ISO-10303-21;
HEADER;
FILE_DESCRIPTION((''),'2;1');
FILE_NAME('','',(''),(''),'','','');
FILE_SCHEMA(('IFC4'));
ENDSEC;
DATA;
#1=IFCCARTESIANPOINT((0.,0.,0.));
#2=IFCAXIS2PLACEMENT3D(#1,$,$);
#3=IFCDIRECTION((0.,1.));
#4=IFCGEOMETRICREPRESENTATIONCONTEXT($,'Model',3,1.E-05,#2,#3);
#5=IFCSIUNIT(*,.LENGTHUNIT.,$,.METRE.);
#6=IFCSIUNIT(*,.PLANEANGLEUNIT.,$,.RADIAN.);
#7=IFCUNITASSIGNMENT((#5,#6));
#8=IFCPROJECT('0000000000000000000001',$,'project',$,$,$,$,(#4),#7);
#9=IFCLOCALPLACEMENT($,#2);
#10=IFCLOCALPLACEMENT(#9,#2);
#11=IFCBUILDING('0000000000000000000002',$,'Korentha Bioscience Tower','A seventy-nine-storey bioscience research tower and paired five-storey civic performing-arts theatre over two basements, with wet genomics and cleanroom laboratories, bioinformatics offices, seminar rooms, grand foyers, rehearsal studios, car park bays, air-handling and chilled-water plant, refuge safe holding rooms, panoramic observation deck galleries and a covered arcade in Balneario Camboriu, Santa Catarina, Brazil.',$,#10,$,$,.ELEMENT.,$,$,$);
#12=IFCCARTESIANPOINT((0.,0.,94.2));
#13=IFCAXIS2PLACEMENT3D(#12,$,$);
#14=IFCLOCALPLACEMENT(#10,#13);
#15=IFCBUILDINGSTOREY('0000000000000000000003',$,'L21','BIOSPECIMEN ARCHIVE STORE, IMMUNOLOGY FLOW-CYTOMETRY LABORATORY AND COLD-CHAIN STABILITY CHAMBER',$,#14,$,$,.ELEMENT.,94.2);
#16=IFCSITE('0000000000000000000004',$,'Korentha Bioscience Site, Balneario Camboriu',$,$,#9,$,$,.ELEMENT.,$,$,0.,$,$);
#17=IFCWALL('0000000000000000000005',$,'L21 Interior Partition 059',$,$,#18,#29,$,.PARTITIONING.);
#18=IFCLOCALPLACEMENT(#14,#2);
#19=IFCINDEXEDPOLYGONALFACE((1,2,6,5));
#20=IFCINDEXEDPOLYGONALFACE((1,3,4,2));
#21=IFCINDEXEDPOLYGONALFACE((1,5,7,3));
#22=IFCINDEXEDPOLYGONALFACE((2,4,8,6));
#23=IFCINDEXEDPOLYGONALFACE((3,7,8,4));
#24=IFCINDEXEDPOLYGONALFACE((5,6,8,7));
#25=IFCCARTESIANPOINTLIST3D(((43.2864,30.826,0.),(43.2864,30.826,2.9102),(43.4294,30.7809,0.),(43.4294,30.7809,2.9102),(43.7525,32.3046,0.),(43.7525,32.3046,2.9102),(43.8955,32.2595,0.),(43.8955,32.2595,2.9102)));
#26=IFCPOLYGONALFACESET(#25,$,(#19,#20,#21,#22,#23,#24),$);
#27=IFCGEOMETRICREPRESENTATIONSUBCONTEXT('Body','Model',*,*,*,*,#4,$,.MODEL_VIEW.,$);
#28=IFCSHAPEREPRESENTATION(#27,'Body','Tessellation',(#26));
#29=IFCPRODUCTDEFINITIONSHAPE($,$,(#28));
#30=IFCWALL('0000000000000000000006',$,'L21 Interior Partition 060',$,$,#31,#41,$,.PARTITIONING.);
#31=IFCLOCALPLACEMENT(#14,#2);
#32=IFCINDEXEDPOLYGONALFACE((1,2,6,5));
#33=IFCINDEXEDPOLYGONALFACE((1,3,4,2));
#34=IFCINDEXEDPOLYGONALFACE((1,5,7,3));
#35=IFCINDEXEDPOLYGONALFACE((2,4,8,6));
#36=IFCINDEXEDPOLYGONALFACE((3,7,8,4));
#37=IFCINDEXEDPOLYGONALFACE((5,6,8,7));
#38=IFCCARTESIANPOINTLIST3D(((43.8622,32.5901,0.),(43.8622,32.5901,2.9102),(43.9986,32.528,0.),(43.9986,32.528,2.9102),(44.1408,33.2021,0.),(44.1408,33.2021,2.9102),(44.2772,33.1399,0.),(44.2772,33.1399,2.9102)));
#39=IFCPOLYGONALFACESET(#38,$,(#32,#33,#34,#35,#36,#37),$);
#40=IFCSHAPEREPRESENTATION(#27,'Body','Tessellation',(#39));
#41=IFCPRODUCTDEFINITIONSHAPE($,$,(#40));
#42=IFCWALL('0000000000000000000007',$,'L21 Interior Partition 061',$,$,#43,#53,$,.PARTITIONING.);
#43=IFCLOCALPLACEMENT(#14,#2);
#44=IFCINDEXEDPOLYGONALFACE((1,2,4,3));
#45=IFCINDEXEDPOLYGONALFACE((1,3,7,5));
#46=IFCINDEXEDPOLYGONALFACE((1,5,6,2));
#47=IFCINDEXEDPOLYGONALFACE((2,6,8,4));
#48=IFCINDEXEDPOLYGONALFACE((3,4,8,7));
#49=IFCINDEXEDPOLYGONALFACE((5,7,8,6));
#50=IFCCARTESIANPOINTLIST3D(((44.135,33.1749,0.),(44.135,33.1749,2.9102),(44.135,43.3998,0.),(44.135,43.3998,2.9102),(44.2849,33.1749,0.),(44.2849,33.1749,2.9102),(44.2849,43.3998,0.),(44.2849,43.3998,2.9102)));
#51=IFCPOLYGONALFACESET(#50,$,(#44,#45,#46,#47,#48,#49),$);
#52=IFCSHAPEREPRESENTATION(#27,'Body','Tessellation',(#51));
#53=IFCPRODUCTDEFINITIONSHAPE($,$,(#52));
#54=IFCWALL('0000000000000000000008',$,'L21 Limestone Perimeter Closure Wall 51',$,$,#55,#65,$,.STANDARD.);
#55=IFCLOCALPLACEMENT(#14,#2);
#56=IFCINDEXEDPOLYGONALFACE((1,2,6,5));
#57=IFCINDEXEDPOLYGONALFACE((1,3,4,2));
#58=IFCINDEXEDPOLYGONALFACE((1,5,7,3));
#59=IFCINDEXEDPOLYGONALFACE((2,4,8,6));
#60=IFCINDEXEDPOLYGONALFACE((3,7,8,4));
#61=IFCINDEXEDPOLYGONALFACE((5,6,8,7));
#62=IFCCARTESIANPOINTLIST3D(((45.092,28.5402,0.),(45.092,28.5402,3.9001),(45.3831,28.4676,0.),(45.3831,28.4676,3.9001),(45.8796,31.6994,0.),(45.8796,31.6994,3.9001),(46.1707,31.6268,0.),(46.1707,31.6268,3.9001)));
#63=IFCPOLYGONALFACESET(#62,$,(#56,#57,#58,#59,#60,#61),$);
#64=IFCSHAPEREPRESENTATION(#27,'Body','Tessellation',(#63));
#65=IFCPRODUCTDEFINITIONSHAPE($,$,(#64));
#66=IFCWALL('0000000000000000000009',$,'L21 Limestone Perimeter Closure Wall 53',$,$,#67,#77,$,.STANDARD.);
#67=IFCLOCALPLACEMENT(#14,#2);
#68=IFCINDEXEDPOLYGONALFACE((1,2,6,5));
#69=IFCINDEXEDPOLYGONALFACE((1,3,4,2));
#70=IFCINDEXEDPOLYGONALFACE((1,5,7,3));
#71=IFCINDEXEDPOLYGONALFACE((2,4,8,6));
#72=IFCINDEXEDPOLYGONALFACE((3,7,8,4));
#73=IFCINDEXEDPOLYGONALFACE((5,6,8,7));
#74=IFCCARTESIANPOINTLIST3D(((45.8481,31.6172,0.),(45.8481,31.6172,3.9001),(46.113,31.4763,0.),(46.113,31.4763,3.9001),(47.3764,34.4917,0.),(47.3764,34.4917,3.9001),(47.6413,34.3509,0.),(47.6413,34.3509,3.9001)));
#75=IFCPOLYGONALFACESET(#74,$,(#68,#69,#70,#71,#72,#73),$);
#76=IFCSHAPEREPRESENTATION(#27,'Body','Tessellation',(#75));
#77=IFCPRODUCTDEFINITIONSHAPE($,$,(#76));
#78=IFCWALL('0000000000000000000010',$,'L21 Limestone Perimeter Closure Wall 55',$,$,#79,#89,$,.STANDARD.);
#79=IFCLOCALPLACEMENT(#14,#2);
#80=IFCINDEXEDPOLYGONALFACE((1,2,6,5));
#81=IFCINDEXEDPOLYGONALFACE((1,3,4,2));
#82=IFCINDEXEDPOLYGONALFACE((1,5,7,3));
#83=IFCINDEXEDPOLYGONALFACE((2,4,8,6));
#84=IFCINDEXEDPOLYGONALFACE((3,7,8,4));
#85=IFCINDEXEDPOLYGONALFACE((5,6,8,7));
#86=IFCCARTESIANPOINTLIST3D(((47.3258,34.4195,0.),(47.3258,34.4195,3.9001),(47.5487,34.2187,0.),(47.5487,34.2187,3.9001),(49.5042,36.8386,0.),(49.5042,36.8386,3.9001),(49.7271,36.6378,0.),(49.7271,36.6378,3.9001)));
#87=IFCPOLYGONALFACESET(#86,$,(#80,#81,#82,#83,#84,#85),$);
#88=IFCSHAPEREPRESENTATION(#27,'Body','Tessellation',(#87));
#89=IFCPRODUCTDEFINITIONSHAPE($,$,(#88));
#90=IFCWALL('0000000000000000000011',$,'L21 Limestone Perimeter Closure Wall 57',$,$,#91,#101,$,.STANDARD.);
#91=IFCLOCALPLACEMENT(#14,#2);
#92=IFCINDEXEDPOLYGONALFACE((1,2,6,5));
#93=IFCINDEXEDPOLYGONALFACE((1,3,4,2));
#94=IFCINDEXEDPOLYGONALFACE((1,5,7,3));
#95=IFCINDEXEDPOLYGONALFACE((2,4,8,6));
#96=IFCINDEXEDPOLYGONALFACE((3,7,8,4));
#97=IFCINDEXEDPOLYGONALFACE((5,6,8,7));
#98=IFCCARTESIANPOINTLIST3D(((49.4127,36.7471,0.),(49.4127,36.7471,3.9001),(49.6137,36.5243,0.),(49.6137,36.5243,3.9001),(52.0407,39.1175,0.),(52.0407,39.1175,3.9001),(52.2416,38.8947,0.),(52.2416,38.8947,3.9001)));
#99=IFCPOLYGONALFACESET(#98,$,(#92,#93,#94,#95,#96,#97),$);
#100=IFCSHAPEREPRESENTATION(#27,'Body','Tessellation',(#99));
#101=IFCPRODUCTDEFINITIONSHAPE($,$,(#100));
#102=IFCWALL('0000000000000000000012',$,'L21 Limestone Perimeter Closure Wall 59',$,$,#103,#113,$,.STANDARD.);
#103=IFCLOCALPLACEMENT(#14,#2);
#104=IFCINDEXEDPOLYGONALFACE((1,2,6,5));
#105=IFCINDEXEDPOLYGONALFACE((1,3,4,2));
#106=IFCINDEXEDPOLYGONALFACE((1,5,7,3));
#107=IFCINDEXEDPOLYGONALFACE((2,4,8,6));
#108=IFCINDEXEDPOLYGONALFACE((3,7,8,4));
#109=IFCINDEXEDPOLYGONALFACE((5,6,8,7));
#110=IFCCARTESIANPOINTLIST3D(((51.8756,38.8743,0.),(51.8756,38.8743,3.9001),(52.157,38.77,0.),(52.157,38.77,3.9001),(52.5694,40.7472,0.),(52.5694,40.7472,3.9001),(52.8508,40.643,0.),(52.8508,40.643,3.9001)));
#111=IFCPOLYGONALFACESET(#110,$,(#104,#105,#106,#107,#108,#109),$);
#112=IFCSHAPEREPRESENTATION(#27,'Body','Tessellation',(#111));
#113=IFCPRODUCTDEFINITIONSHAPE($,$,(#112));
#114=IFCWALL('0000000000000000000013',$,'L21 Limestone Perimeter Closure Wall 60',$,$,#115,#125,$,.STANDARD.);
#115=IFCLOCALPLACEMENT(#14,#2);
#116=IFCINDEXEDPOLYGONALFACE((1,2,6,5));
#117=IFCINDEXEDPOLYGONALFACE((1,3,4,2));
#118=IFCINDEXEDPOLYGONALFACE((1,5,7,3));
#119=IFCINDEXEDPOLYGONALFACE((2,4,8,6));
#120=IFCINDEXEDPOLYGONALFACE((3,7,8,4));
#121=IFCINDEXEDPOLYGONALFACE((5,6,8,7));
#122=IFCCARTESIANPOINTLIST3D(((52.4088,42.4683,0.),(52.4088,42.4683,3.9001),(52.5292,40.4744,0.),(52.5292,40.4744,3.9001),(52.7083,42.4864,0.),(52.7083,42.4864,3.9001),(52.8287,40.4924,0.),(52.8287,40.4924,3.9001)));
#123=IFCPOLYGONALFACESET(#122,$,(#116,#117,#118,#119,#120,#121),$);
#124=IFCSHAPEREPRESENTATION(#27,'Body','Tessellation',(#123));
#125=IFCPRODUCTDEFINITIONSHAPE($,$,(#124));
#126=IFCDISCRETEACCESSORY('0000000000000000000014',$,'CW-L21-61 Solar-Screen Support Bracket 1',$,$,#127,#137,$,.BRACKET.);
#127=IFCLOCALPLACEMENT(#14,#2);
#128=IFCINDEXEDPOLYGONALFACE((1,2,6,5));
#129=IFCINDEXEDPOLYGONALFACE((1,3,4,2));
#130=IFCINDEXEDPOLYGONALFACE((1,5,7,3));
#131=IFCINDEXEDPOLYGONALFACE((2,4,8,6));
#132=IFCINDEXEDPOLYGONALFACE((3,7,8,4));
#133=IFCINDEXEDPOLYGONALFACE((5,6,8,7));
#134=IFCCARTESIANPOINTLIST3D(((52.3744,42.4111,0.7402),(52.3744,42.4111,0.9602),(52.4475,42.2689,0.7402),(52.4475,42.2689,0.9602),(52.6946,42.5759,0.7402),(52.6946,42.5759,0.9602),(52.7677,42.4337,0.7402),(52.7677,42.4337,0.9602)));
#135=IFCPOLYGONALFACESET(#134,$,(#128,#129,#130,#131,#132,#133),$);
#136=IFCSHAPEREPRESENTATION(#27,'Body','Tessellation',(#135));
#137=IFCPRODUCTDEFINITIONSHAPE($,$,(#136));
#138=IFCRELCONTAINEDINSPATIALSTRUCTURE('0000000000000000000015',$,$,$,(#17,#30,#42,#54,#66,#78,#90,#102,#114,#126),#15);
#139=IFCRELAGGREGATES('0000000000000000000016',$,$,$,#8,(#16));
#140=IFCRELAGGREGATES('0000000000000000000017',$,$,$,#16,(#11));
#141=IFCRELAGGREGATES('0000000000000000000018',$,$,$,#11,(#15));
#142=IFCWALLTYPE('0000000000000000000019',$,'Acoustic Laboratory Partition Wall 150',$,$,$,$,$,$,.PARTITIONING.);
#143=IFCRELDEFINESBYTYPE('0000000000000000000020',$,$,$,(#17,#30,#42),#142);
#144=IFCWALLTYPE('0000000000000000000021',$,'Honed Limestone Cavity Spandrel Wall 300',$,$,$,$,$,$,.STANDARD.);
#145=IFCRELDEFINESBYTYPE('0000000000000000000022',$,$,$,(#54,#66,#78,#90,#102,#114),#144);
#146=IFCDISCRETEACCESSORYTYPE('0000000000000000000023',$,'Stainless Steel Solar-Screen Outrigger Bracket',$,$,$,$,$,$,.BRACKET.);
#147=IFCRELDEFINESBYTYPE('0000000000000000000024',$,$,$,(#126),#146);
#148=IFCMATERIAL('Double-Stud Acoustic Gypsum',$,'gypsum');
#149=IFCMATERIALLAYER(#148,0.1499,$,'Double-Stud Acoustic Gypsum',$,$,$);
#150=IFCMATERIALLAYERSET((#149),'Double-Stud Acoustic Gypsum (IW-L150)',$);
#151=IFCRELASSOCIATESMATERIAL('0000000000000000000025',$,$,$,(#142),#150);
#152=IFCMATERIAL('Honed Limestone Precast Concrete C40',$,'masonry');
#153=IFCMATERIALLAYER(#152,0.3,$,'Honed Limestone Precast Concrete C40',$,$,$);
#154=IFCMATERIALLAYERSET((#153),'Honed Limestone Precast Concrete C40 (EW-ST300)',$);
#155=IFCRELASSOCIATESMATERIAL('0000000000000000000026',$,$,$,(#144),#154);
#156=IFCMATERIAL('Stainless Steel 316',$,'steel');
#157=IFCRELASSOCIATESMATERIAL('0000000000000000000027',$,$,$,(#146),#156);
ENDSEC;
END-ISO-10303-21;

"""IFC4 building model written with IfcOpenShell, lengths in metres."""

from ifc_helpers import new_model, si_unit, direction, frame, frame_2d, origin, origin_2d, place, context, subcontext, project, spatial, rectangle, extrude, material, layer, layer_set, type_object, element, save


model = new_model("IFC4")

# Units and contexts
model_context = context("Model", 3, precision=1e-05, world=origin(), true_north=direction((0.0, 1.0)))
body_context = subcontext(model_context, "Body", "Model", "MODEL_VIEW")
ifc_project = project(units=[si_unit("LENGTHUNIT", "METRE"), si_unit("PLANEANGLEUNIT", "RADIAN")], contexts=[model_context])

# Site, building, storey
site_placement = place(None, origin())
site = spatial("IfcSite", under=ifc_project, at=site_placement, Name="Korentha Bioscience Site, Balneario Camboriu", CompositionType="ELEMENT", RefElevation=0.0)
building_placement = place(site_placement, origin())
building = spatial("IfcBuilding", under=site, at=building_placement, Name="Korentha Bioscience Tower", Description="A seventy-nine-storey bioscience research tower and paired five-storey civic performing-arts theatre over two basements, with wet genomics and cleanroom laboratories, bioinformatics offices, seminar rooms, grand foyers, rehearsal studios, car park bays, air-handling and chilled-water plant, refuge safe holding rooms, panoramic observation deck galleries and a covered arcade in Balneario Camboriu, Santa Catarina, Brazil.", CompositionType="ELEMENT")
storey_placement = place(building_placement, frame((0.0, 0.0, 94.2)))
storey = spatial("IfcBuildingStorey", under=building, at=storey_placement, Name="L21", Description="BIOSPECIMEN ARCHIVE STORE, IMMUNOLOGY FLOW-CYTOMETRY LABORATORY AND COLD-CHAIN STABILITY CHAMBER", CompositionType="ELEMENT", Elevation=94.2)

# Walls
ifc_material_1 = material(Name="Double-Stud Acoustic Gypsum", Category="gypsum")
ifc_layer_1 = layer(ifc_material_1, 0.1499, Name="Double-Stud Acoustic Gypsum")
ifc_layer_set_1 = layer_set([ifc_layer_1], Name="Double-Stud Acoustic Gypsum (IW-L150)")
wall_type_1 = type_object("IfcWallType", Name="Acoustic Laboratory Partition Wall 150", PredefinedType="PARTITIONING", material=ifc_layer_set_1)
wall_1_placement = place(storey_placement, frame((43.3579, 30.8035, 0.0), z_axis=(0.0, 0.0, 1.0), x_axis=(0.300641, 0.953737, 0.0)))
element("IfcWall", 1, at=wall_1_placement, inside=storey, type_object=wall_type_1, Name="L21 Interior Partition 059", PredefinedType="PARTITIONING", context=body_context, shape_type="SweptSolid", body=[
    extrude(rectangle(XDim=1.5503, YDim=0.1499, at=frame_2d((0.7751, 0.0))), origin(), (0.0, 0.0, 1.0), 2.9102),
])
wall_2_placement = place(storey_placement, frame((43.9304, 32.5591, 0.0), z_axis=(0.0, 0.0, 1.0), x_axis=(0.414377, 0.910105, 0.0)))
element("IfcWall", 2, at=wall_2_placement, inside=storey, type_object=wall_type_1, Name="L21 Interior Partition 060", PredefinedType="PARTITIONING", context=body_context, shape_type="SweptSolid", body=[
    extrude(rectangle(XDim=0.6724, YDim=0.1499, at=frame_2d((0.3362, 0.0))), origin(), (0.0, 0.0, 1.0), 2.9102),
])
wall_3_placement = place(storey_placement, frame((44.21, 33.175, 0.0), z_axis=(0.0, 0.0, 1.0), x_axis=(0.0, 1.0, 0.0)))
element("IfcWall", 3, at=wall_3_placement, inside=storey, type_object=wall_type_1, Name="L21 Interior Partition 061", PredefinedType="PARTITIONING", context=body_context, shape_type="SweptSolid", body=[
    extrude(rectangle(XDim=10.2249, YDim=0.1499, at=frame_2d((5.1123, 0.0))), origin(), (0.0, 0.0, 1.0), 2.9102),
])
ifc_material_2 = material(Name="Honed Limestone Precast Concrete C40", Category="masonry")
ifc_layer_2 = layer(ifc_material_2, 0.3, Name="Honed Limestone Precast Concrete C40")
ifc_layer_set_2 = layer_set([ifc_layer_2], Name="Honed Limestone Precast Concrete C40 (EW-ST300)")
wall_type_2 = type_object("IfcWallType", Name="Honed Limestone Cavity Spandrel Wall 300", PredefinedType="STANDARD", material=ifc_layer_set_2)
wall_4_placement = place(storey_placement, frame((45.2375, 28.5039, 0.0), z_axis=(0.0, 0.0, 1.0), x_axis=(0.2419, 0.970301, 0.0)))
element("IfcWall", 4, at=wall_4_placement, inside=storey, type_object=wall_type_2, Name="L21 Limestone Perimeter Closure Wall 51", PredefinedType="STANDARD", context=body_context, shape_type="SweptSolid", body=[
    extrude(rectangle(XDim=3.2559, YDim=0.3, at=frame_2d((1.6279, 0.0))), origin(), (0.0, 0.0, 1.0), 3.9001),
])
wall_5_placement = place(storey_placement, frame((45.9805, 31.5466, 0.0), z_axis=(0.0, 0.0, 1.0), x_axis=(0.469451, 0.882958, 0.0)))
element("IfcWall", 5, at=wall_5_placement, inside=storey, type_object=wall_type_2, Name="L21 Limestone Perimeter Closure Wall 53", PredefinedType="STANDARD", context=body_context, shape_type="SweptSolid", body=[
    extrude(rectangle(XDim=3.2556, YDim=0.3, at=frame_2d((1.6279, 0.0))), origin(), (0.0, 0.0, 1.0), 3.9001),
])
wall_6_placement = place(storey_placement, frame((47.4373, 34.3191, 0.0), z_axis=(0.0, 0.0, 1.0), x_axis=(0.669168, 0.743111, 0.0)))
element("IfcWall", 6, at=wall_6_placement, inside=storey, type_object=wall_type_2, Name="L21 Limestone Perimeter Closure Wall 55", PredefinedType="STANDARD", context=body_context, shape_type="SweptSolid", body=[
    extrude(rectangle(XDim=3.2554, YDim=0.3, at=frame_2d((1.6277, 0.0))), origin(), (0.0, 0.0, 1.0), 3.9001),
])
wall_7_placement = place(storey_placement, frame((49.5132, 36.6357, 0.0), z_axis=(0.0, 0.0, 1.0), x_axis=(0.74256, 0.66978, 0.0)))
element("IfcWall", 7, at=wall_7_placement, inside=storey, type_object=wall_type_2, Name="L21 Limestone Perimeter Closure Wall 57", PredefinedType="STANDARD", context=body_context, shape_type="SweptSolid", body=[
    extrude(rectangle(XDim=3.5391, YDim=0.3, at=frame_2d((1.7695, 0.0))), origin(), (0.0, 0.0, 1.0), 3.9001),
])
wall_8_placement = place(storey_placement, frame((52.0164, 38.8223, 0.0), z_axis=(0.0, 0.0, 1.0), x_axis=(0.34737, 0.937728, 0.0)))
element("IfcWall", 8, at=wall_8_placement, inside=storey, type_object=wall_type_2, Name="L21 Limestone Perimeter Closure Wall 59", PredefinedType="STANDARD", context=body_context, shape_type="SweptSolid", body=[
    extrude(rectangle(XDim=1.9973, YDim=0.3, at=frame_2d((0.9985, 0.0))), origin(), (0.0, 0.0, 1.0), 3.9001),
])
wall_9_placement = place(storey_placement, frame((52.679, 40.4834, 0.0), z_axis=(0.0, 0.0, 1.0), x_axis=(-0.060255, 0.998183, 0.0)))
element("IfcWall", 9, at=wall_9_placement, inside=storey, type_object=wall_type_2, Name="L21 Limestone Perimeter Closure Wall 60", PredefinedType="STANDARD", context=body_context, shape_type="SweptSolid", body=[
    extrude(rectangle(XDim=1.9976, YDim=0.3, at=frame_2d((0.9988, 0.0))), origin(), (0.0, 0.0, 1.0), 3.9001),
])

# Discrete accessory
ifc_material_3 = material(Name="Stainless Steel 316", Category="steel")
discrete_accessory_type = type_object("IfcDiscreteAccessoryType", Name="Stainless Steel Solar-Screen Outrigger Bracket", PredefinedType="BRACKET", material=ifc_material_3)
discrete_accessory_placement = place(storey_placement, frame((52.571, 42.4224, 0.7402), z_axis=(0.0, 0.0, 1.0), x_axis=(-0.457613, 0.889151, 0.0)))
element("IfcDiscreteAccessory", 10, at=discrete_accessory_placement, inside=storey, type_object=discrete_accessory_type, Name="CW-L21-61 Solar-Screen Support Bracket 1", PredefinedType="BRACKET", context=body_context, shape_type="SweptSolid", body=[
    extrude(rectangle(XDim=0.1599, YDim=0.3601, at=origin_2d()), origin(), (0.0, 0.0, 1.0), 0.22),
])

save(model, "model.ifc")
